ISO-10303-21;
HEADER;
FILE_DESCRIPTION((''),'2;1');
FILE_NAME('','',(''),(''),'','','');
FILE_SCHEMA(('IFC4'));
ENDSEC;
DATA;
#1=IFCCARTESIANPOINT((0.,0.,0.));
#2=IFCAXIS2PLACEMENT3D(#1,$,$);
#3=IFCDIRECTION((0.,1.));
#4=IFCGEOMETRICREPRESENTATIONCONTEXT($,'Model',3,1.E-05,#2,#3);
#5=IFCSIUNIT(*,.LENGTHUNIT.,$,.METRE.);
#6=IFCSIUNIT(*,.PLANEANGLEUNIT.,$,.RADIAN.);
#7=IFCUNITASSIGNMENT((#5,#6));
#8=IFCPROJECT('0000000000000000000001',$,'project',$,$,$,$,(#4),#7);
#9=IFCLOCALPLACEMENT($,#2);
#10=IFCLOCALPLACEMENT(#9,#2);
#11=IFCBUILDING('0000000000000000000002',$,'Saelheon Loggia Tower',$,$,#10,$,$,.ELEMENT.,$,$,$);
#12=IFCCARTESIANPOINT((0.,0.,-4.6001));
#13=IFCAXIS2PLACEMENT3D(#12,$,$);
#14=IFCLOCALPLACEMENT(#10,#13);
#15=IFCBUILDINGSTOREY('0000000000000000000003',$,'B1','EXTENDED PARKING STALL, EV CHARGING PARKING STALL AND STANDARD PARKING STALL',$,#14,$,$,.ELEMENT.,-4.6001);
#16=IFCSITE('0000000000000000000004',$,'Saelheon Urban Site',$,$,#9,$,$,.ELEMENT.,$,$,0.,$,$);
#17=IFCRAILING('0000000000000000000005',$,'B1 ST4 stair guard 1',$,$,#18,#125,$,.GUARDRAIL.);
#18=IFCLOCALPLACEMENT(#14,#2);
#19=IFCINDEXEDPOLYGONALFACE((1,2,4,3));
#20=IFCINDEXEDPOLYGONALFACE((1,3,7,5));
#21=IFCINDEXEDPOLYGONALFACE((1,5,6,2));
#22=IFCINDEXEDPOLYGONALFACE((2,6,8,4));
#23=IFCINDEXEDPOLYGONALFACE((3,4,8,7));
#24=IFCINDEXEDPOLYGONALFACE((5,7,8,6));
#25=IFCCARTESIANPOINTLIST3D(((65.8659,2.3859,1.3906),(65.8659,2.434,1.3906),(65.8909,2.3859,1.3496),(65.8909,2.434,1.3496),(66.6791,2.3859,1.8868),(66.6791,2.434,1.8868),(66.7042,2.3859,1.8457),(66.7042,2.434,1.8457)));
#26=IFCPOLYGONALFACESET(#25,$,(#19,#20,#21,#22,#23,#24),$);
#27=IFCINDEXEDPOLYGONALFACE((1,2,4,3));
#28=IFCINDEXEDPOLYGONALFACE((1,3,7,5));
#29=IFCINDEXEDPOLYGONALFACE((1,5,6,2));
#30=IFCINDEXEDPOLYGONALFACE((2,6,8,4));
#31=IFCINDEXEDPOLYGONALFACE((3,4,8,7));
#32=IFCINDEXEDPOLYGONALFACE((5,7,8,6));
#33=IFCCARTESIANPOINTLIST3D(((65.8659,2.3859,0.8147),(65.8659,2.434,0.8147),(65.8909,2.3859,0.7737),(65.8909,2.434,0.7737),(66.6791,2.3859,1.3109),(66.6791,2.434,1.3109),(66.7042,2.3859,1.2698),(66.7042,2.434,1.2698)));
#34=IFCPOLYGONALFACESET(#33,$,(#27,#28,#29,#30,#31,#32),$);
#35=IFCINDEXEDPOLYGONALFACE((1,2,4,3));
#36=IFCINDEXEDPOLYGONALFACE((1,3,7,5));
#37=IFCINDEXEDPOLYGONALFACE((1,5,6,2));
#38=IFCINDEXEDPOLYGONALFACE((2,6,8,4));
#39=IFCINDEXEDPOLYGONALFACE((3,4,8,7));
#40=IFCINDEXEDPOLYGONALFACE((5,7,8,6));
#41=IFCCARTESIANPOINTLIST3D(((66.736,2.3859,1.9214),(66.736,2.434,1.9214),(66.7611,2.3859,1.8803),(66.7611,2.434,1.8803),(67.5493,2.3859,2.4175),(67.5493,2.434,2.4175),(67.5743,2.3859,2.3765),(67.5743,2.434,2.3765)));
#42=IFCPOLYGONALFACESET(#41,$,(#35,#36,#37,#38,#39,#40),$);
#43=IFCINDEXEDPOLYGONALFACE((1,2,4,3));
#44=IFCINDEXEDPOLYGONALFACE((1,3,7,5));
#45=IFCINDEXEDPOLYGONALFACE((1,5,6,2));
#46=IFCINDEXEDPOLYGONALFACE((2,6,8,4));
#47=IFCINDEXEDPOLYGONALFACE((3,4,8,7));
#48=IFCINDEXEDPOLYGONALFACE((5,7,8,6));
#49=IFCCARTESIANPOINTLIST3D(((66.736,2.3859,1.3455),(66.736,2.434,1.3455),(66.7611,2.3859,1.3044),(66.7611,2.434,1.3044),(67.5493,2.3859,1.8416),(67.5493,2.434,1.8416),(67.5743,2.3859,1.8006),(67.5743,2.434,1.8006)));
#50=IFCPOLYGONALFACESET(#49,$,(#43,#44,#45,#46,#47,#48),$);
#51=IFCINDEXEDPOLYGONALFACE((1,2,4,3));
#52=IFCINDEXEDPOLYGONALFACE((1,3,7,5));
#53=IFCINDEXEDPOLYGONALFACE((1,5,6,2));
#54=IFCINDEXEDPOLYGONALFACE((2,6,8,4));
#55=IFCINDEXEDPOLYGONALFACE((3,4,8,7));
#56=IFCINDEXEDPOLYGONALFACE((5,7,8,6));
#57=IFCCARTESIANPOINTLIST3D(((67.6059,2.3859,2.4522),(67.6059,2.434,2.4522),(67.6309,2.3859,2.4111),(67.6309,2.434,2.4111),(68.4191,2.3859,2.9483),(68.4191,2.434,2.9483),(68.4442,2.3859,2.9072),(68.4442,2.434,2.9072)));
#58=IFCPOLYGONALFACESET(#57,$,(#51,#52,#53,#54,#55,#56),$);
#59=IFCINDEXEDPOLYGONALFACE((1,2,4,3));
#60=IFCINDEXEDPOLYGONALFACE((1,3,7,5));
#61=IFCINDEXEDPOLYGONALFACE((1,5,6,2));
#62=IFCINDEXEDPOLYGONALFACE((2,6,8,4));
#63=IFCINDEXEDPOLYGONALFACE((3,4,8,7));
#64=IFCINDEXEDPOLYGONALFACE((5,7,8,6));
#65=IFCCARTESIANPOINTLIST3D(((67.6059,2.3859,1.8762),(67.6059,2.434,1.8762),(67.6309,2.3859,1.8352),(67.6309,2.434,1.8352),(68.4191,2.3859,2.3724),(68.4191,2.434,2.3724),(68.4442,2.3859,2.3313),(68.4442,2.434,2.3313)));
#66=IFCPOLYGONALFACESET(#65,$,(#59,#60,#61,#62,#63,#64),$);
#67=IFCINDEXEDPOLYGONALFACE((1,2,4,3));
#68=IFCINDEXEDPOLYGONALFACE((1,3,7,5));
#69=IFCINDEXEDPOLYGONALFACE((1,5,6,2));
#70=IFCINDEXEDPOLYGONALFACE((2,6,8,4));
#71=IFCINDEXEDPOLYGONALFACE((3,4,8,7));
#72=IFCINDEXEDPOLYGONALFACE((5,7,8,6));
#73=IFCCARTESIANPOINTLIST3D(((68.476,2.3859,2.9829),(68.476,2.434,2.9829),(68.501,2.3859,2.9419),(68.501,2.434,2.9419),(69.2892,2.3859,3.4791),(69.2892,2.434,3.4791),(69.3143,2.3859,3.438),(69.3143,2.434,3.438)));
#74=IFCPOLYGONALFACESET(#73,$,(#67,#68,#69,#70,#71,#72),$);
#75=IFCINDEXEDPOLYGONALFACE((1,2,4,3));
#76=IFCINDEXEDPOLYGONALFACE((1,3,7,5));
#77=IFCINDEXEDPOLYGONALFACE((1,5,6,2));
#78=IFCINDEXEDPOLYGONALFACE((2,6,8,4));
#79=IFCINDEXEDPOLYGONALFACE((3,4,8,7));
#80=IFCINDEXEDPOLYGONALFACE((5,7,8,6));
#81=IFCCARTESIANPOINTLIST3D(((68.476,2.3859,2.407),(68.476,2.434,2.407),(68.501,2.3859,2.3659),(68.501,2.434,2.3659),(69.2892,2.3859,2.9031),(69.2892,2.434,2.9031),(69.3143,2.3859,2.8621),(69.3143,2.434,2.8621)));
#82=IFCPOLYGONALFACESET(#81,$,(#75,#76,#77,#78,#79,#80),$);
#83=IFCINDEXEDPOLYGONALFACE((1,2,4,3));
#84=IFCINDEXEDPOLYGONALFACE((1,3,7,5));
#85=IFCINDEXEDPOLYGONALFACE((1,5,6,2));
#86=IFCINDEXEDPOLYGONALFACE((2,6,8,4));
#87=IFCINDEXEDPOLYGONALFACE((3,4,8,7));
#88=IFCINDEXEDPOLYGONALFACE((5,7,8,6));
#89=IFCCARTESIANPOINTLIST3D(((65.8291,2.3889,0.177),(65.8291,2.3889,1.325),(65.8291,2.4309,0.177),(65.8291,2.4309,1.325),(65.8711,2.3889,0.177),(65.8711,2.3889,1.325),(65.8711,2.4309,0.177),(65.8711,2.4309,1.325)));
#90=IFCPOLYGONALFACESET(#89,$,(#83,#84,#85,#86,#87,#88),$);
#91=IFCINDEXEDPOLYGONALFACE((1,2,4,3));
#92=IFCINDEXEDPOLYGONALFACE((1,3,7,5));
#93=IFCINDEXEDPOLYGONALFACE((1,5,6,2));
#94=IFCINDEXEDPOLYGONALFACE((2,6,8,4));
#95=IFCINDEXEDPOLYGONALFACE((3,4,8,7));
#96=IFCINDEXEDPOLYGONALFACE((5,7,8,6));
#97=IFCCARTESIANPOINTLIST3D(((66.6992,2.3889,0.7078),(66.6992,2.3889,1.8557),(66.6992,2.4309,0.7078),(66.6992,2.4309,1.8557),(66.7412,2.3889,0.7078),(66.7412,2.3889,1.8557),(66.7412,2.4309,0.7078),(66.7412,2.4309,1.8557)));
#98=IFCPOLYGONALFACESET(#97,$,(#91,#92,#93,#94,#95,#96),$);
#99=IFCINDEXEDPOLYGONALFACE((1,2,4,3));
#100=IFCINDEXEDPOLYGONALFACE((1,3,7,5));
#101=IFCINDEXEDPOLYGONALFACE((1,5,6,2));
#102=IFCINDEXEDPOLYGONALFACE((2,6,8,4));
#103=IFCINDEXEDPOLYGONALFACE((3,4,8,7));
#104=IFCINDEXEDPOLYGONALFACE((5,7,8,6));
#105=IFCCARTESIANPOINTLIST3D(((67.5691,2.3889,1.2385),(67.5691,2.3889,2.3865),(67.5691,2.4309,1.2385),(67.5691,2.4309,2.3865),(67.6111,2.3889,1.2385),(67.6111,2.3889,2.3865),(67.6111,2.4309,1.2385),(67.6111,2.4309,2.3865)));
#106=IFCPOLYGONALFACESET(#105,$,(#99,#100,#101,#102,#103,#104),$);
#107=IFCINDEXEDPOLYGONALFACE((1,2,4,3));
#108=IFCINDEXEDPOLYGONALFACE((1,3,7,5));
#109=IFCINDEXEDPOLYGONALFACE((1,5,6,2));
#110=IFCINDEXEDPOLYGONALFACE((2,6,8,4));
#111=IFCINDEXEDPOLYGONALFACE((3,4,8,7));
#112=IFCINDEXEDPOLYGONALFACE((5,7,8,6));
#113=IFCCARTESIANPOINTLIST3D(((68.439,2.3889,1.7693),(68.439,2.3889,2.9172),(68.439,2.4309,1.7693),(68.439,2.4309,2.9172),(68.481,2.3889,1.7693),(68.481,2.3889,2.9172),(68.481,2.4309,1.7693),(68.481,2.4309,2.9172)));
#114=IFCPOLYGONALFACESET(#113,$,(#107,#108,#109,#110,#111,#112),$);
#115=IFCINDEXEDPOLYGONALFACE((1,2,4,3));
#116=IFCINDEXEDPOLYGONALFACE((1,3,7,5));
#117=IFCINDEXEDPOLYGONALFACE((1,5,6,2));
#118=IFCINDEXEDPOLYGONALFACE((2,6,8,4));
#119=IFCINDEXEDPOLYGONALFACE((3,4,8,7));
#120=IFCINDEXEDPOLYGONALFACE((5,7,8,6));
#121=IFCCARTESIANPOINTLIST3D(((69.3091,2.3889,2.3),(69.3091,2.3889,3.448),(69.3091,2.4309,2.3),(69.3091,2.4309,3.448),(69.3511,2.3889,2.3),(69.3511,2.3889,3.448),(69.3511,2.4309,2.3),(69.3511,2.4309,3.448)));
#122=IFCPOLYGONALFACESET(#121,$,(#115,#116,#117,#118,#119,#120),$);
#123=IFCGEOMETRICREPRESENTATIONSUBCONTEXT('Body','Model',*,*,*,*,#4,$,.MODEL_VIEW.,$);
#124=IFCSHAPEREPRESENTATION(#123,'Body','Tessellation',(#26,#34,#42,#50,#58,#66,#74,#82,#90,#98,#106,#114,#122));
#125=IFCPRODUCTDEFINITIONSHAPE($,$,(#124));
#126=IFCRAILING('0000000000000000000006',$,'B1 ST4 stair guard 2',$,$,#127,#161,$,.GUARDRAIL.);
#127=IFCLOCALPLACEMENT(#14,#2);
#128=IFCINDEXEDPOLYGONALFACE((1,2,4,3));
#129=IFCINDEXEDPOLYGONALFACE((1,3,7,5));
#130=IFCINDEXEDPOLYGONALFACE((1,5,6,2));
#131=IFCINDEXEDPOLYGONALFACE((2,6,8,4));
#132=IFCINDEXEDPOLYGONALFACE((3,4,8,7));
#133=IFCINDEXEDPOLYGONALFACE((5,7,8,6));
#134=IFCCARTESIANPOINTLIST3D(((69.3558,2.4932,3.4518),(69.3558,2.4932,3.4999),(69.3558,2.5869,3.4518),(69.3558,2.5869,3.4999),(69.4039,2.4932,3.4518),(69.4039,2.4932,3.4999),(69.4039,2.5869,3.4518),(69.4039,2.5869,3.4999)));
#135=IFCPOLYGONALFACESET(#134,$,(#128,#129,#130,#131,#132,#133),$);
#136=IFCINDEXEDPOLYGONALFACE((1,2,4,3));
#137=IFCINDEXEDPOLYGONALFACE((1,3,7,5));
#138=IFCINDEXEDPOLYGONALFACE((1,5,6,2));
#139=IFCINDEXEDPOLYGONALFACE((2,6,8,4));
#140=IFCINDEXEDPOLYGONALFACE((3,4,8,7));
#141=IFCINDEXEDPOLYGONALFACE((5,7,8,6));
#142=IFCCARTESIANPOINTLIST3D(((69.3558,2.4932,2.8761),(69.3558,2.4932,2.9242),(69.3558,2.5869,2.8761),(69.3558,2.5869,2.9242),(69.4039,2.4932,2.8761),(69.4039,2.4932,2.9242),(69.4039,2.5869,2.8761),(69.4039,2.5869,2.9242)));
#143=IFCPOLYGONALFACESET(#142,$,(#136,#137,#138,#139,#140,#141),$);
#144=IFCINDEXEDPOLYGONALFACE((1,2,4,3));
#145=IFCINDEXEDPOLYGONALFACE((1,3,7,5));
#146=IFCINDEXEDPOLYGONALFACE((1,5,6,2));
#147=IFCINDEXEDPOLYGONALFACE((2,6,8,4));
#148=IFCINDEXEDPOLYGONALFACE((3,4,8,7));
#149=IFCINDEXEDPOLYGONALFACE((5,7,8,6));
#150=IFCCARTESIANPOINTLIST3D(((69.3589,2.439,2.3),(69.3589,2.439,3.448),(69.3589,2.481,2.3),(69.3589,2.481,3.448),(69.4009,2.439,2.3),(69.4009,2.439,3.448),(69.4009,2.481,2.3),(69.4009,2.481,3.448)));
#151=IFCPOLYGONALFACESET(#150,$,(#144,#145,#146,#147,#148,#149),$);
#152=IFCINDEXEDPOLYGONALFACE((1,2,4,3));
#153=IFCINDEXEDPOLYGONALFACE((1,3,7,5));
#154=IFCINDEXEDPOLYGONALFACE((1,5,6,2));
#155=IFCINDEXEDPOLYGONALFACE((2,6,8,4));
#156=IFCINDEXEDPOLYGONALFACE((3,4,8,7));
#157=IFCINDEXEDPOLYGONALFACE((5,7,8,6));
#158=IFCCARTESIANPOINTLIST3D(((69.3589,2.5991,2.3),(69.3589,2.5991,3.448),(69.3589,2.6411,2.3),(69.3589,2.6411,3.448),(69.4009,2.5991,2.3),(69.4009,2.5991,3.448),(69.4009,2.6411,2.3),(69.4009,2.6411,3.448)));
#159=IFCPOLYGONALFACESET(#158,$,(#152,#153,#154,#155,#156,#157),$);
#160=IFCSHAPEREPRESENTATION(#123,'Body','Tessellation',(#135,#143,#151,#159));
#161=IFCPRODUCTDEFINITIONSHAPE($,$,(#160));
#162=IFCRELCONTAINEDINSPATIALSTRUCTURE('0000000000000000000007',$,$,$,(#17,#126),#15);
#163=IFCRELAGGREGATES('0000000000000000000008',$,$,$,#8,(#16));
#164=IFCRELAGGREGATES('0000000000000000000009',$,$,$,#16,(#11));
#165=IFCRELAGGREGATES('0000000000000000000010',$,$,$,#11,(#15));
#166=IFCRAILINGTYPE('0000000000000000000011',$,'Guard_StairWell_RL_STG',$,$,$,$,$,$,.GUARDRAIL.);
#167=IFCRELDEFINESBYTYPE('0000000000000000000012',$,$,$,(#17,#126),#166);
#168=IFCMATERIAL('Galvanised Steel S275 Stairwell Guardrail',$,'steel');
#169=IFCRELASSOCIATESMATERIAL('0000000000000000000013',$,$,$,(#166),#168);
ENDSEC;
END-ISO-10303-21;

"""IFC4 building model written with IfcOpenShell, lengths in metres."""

from ifc_helpers import new_model, si_unit, direction, frame, origin, origin_2d, place, context, subcontext, project, spatial, rectangle, extrude, material, type_object, element, save


model = new_model("IFC4")

# Units and contexts
model_context = context("Model", 3, precision=1e-05, world=origin(), true_north=direction((0.0, 1.0)))
body_context = subcontext(model_context, "Body", "Model", "MODEL_VIEW")
ifc_project = project(units=[si_unit("LENGTHUNIT", "METRE"), si_unit("PLANEANGLEUNIT", "RADIAN")], contexts=[model_context])

# Site, building, storey
site_placement = place(None, origin())
site = spatial("IfcSite", under=ifc_project, at=site_placement, Name="Saelheon Urban Site", CompositionType="ELEMENT", RefElevation=0.0)
building_placement = place(site_placement, origin())
building = spatial("IfcBuilding", under=site, at=building_placement, Name="Saelheon Loggia Tower", CompositionType="ELEMENT")
storey_placement = place(building_placement, frame((0.0, 0.0, -4.6001)))
storey = spatial("IfcBuildingStorey", under=building, at=storey_placement, Name="B1", Description="EXTENDED PARKING STALL, EV CHARGING PARKING STALL AND STANDARD PARKING STALL", CompositionType="ELEMENT", Elevation=-4.6001)

# Railings
ifc_material_1 = material(Name="Galvanised Steel S275 Stairwell Guardrail", Category="steel")
railing_type_1 = type_object("IfcRailingType", Name="Guard_StairWell_RL_STG", PredefinedType="GUARDRAIL", material=ifc_material_1)
railing_1_placement = place(storey_placement, frame((65.8501, 2.4099, 0.177)))
element("IfcRailing", 1, at=railing_1_placement, inside=storey, type_object=railing_type_1, Name="B1 ST4 stair guard 1", PredefinedType="GUARDRAIL", context=body_context, shape_type="SweptSolid", body=[
    extrude(rectangle(XDim=0.0481, YDim=0.0481, at=origin_2d()), frame((0.0283, 0.0, 1.1931), z_axis=(0.853675, 0.0, 0.520805), x_axis=(0.0, 1.0, 0.0)), (0.0, 0.0, 1.0), 0.9526),
    extrude(rectangle(XDim=0.0481, YDim=0.0481, at=origin_2d()), frame((0.0283, 0.0, 0.6172), z_axis=(0.853675, 0.0, 0.520805), x_axis=(0.0, 1.0, 0.0)), (0.0, 0.0, 1.0), 0.9526),
    extrude(rectangle(XDim=0.0481, YDim=0.0481, at=origin_2d()), frame((0.8984, 0.0, 1.7239), z_axis=(0.853675, 0.0, 0.520805), x_axis=(0.0, 1.0, 0.0)), (0.0, 0.0, 1.0), 0.9526),
    extrude(rectangle(XDim=0.0481, YDim=0.0481, at=origin_2d()), frame((0.8984, 0.0, 1.1479), z_axis=(0.853675, 0.0, 0.520805), x_axis=(0.0, 1.0, 0.0)), (0.0, 0.0, 1.0), 0.9526),
    extrude(rectangle(XDim=0.0481, YDim=0.0481, at=origin_2d()), frame((1.7683, 0.0, 2.2546), z_axis=(0.853675, 0.0, 0.520805), x_axis=(0.0, 1.0, 0.0)), (0.0, 0.0, 1.0), 0.9526),
    extrude(rectangle(XDim=0.0481, YDim=0.0481, at=origin_2d()), frame((1.7683, 0.0, 1.6787), z_axis=(0.853675, 0.0, 0.520805), x_axis=(0.0, 1.0, 0.0)), (0.0, 0.0, 1.0), 0.9526),
    extrude(rectangle(XDim=0.0481, YDim=0.0481, at=origin_2d()), frame((2.6384, 0.0, 2.7854), z_axis=(0.853675, 0.0, 0.520805), x_axis=(0.0, 1.0, 0.0)), (0.0, 0.0, 1.0), 0.9526),
    extrude(rectangle(XDim=0.0481, YDim=0.0481, at=origin_2d()), frame((2.6384, 0.0, 2.2095), z_axis=(0.853675, 0.0, 0.520805), x_axis=(0.0, 1.0, 0.0)), (0.0, 0.0, 1.0), 0.9526),
    extrude(rectangle(XDim=0.042, YDim=0.042, at=origin_2d()), origin(), (0.0, 0.0, 1.0), 1.1479),
    extrude(rectangle(XDim=0.042, YDim=0.042, at=origin_2d()), frame((0.8701, 0.0, 0.5308)), (0.0, 0.0, 1.0), 1.1479),
    extrude(rectangle(XDim=0.042, YDim=0.042, at=origin_2d()), frame((1.74, 0.0, 1.0615)), (0.0, 0.0, 1.0), 1.1479),
    extrude(rectangle(XDim=0.042, YDim=0.042, at=origin_2d()), frame((2.6099, 0.0, 1.5923)), (0.0, 0.0, 1.0), 1.1479),
    extrude(rectangle(XDim=0.042, YDim=0.042, at=origin_2d()), frame((3.48, 0.0, 2.123)), (0.0, 0.0, 1.0), 1.1479),
])
railing_2_placement = place(storey_placement, frame((69.3799, 2.46, 2.3)))
element("IfcRailing", 2, at=railing_2_placement, inside=storey, type_object=railing_type_1, Name="B1 ST4 stair guard 2", PredefinedType="GUARDRAIL", context=body_context, shape_type="SweptSolid", body=[
    extrude(rectangle(XDim=0.0481, YDim=0.0481, at=origin_2d()), frame((0.0, 0.0332, 1.1758), z_axis=(0.0, 1.0, 0.0), x_axis=(-1.0, 0.0, 0.0)), (0.0, 0.0, 1.0), 0.0938),
    extrude(rectangle(XDim=0.0481, YDim=0.0481, at=origin_2d()), frame((0.0, 0.0332, 0.6001), z_axis=(0.0, 1.0, 0.0), x_axis=(-1.0, 0.0, 0.0)), (0.0, 0.0, 1.0), 0.0938),
    extrude(rectangle(XDim=0.042, YDim=0.042, at=origin_2d()), origin(), (0.0, 0.0, 1.0), 1.1479),
    extrude(rectangle(XDim=0.042, YDim=0.042, at=origin_2d()), frame((0.0, 0.1602, 0.0)), (0.0, 0.0, 1.0), 1.1479),
])

save(model, "model.ifc")
